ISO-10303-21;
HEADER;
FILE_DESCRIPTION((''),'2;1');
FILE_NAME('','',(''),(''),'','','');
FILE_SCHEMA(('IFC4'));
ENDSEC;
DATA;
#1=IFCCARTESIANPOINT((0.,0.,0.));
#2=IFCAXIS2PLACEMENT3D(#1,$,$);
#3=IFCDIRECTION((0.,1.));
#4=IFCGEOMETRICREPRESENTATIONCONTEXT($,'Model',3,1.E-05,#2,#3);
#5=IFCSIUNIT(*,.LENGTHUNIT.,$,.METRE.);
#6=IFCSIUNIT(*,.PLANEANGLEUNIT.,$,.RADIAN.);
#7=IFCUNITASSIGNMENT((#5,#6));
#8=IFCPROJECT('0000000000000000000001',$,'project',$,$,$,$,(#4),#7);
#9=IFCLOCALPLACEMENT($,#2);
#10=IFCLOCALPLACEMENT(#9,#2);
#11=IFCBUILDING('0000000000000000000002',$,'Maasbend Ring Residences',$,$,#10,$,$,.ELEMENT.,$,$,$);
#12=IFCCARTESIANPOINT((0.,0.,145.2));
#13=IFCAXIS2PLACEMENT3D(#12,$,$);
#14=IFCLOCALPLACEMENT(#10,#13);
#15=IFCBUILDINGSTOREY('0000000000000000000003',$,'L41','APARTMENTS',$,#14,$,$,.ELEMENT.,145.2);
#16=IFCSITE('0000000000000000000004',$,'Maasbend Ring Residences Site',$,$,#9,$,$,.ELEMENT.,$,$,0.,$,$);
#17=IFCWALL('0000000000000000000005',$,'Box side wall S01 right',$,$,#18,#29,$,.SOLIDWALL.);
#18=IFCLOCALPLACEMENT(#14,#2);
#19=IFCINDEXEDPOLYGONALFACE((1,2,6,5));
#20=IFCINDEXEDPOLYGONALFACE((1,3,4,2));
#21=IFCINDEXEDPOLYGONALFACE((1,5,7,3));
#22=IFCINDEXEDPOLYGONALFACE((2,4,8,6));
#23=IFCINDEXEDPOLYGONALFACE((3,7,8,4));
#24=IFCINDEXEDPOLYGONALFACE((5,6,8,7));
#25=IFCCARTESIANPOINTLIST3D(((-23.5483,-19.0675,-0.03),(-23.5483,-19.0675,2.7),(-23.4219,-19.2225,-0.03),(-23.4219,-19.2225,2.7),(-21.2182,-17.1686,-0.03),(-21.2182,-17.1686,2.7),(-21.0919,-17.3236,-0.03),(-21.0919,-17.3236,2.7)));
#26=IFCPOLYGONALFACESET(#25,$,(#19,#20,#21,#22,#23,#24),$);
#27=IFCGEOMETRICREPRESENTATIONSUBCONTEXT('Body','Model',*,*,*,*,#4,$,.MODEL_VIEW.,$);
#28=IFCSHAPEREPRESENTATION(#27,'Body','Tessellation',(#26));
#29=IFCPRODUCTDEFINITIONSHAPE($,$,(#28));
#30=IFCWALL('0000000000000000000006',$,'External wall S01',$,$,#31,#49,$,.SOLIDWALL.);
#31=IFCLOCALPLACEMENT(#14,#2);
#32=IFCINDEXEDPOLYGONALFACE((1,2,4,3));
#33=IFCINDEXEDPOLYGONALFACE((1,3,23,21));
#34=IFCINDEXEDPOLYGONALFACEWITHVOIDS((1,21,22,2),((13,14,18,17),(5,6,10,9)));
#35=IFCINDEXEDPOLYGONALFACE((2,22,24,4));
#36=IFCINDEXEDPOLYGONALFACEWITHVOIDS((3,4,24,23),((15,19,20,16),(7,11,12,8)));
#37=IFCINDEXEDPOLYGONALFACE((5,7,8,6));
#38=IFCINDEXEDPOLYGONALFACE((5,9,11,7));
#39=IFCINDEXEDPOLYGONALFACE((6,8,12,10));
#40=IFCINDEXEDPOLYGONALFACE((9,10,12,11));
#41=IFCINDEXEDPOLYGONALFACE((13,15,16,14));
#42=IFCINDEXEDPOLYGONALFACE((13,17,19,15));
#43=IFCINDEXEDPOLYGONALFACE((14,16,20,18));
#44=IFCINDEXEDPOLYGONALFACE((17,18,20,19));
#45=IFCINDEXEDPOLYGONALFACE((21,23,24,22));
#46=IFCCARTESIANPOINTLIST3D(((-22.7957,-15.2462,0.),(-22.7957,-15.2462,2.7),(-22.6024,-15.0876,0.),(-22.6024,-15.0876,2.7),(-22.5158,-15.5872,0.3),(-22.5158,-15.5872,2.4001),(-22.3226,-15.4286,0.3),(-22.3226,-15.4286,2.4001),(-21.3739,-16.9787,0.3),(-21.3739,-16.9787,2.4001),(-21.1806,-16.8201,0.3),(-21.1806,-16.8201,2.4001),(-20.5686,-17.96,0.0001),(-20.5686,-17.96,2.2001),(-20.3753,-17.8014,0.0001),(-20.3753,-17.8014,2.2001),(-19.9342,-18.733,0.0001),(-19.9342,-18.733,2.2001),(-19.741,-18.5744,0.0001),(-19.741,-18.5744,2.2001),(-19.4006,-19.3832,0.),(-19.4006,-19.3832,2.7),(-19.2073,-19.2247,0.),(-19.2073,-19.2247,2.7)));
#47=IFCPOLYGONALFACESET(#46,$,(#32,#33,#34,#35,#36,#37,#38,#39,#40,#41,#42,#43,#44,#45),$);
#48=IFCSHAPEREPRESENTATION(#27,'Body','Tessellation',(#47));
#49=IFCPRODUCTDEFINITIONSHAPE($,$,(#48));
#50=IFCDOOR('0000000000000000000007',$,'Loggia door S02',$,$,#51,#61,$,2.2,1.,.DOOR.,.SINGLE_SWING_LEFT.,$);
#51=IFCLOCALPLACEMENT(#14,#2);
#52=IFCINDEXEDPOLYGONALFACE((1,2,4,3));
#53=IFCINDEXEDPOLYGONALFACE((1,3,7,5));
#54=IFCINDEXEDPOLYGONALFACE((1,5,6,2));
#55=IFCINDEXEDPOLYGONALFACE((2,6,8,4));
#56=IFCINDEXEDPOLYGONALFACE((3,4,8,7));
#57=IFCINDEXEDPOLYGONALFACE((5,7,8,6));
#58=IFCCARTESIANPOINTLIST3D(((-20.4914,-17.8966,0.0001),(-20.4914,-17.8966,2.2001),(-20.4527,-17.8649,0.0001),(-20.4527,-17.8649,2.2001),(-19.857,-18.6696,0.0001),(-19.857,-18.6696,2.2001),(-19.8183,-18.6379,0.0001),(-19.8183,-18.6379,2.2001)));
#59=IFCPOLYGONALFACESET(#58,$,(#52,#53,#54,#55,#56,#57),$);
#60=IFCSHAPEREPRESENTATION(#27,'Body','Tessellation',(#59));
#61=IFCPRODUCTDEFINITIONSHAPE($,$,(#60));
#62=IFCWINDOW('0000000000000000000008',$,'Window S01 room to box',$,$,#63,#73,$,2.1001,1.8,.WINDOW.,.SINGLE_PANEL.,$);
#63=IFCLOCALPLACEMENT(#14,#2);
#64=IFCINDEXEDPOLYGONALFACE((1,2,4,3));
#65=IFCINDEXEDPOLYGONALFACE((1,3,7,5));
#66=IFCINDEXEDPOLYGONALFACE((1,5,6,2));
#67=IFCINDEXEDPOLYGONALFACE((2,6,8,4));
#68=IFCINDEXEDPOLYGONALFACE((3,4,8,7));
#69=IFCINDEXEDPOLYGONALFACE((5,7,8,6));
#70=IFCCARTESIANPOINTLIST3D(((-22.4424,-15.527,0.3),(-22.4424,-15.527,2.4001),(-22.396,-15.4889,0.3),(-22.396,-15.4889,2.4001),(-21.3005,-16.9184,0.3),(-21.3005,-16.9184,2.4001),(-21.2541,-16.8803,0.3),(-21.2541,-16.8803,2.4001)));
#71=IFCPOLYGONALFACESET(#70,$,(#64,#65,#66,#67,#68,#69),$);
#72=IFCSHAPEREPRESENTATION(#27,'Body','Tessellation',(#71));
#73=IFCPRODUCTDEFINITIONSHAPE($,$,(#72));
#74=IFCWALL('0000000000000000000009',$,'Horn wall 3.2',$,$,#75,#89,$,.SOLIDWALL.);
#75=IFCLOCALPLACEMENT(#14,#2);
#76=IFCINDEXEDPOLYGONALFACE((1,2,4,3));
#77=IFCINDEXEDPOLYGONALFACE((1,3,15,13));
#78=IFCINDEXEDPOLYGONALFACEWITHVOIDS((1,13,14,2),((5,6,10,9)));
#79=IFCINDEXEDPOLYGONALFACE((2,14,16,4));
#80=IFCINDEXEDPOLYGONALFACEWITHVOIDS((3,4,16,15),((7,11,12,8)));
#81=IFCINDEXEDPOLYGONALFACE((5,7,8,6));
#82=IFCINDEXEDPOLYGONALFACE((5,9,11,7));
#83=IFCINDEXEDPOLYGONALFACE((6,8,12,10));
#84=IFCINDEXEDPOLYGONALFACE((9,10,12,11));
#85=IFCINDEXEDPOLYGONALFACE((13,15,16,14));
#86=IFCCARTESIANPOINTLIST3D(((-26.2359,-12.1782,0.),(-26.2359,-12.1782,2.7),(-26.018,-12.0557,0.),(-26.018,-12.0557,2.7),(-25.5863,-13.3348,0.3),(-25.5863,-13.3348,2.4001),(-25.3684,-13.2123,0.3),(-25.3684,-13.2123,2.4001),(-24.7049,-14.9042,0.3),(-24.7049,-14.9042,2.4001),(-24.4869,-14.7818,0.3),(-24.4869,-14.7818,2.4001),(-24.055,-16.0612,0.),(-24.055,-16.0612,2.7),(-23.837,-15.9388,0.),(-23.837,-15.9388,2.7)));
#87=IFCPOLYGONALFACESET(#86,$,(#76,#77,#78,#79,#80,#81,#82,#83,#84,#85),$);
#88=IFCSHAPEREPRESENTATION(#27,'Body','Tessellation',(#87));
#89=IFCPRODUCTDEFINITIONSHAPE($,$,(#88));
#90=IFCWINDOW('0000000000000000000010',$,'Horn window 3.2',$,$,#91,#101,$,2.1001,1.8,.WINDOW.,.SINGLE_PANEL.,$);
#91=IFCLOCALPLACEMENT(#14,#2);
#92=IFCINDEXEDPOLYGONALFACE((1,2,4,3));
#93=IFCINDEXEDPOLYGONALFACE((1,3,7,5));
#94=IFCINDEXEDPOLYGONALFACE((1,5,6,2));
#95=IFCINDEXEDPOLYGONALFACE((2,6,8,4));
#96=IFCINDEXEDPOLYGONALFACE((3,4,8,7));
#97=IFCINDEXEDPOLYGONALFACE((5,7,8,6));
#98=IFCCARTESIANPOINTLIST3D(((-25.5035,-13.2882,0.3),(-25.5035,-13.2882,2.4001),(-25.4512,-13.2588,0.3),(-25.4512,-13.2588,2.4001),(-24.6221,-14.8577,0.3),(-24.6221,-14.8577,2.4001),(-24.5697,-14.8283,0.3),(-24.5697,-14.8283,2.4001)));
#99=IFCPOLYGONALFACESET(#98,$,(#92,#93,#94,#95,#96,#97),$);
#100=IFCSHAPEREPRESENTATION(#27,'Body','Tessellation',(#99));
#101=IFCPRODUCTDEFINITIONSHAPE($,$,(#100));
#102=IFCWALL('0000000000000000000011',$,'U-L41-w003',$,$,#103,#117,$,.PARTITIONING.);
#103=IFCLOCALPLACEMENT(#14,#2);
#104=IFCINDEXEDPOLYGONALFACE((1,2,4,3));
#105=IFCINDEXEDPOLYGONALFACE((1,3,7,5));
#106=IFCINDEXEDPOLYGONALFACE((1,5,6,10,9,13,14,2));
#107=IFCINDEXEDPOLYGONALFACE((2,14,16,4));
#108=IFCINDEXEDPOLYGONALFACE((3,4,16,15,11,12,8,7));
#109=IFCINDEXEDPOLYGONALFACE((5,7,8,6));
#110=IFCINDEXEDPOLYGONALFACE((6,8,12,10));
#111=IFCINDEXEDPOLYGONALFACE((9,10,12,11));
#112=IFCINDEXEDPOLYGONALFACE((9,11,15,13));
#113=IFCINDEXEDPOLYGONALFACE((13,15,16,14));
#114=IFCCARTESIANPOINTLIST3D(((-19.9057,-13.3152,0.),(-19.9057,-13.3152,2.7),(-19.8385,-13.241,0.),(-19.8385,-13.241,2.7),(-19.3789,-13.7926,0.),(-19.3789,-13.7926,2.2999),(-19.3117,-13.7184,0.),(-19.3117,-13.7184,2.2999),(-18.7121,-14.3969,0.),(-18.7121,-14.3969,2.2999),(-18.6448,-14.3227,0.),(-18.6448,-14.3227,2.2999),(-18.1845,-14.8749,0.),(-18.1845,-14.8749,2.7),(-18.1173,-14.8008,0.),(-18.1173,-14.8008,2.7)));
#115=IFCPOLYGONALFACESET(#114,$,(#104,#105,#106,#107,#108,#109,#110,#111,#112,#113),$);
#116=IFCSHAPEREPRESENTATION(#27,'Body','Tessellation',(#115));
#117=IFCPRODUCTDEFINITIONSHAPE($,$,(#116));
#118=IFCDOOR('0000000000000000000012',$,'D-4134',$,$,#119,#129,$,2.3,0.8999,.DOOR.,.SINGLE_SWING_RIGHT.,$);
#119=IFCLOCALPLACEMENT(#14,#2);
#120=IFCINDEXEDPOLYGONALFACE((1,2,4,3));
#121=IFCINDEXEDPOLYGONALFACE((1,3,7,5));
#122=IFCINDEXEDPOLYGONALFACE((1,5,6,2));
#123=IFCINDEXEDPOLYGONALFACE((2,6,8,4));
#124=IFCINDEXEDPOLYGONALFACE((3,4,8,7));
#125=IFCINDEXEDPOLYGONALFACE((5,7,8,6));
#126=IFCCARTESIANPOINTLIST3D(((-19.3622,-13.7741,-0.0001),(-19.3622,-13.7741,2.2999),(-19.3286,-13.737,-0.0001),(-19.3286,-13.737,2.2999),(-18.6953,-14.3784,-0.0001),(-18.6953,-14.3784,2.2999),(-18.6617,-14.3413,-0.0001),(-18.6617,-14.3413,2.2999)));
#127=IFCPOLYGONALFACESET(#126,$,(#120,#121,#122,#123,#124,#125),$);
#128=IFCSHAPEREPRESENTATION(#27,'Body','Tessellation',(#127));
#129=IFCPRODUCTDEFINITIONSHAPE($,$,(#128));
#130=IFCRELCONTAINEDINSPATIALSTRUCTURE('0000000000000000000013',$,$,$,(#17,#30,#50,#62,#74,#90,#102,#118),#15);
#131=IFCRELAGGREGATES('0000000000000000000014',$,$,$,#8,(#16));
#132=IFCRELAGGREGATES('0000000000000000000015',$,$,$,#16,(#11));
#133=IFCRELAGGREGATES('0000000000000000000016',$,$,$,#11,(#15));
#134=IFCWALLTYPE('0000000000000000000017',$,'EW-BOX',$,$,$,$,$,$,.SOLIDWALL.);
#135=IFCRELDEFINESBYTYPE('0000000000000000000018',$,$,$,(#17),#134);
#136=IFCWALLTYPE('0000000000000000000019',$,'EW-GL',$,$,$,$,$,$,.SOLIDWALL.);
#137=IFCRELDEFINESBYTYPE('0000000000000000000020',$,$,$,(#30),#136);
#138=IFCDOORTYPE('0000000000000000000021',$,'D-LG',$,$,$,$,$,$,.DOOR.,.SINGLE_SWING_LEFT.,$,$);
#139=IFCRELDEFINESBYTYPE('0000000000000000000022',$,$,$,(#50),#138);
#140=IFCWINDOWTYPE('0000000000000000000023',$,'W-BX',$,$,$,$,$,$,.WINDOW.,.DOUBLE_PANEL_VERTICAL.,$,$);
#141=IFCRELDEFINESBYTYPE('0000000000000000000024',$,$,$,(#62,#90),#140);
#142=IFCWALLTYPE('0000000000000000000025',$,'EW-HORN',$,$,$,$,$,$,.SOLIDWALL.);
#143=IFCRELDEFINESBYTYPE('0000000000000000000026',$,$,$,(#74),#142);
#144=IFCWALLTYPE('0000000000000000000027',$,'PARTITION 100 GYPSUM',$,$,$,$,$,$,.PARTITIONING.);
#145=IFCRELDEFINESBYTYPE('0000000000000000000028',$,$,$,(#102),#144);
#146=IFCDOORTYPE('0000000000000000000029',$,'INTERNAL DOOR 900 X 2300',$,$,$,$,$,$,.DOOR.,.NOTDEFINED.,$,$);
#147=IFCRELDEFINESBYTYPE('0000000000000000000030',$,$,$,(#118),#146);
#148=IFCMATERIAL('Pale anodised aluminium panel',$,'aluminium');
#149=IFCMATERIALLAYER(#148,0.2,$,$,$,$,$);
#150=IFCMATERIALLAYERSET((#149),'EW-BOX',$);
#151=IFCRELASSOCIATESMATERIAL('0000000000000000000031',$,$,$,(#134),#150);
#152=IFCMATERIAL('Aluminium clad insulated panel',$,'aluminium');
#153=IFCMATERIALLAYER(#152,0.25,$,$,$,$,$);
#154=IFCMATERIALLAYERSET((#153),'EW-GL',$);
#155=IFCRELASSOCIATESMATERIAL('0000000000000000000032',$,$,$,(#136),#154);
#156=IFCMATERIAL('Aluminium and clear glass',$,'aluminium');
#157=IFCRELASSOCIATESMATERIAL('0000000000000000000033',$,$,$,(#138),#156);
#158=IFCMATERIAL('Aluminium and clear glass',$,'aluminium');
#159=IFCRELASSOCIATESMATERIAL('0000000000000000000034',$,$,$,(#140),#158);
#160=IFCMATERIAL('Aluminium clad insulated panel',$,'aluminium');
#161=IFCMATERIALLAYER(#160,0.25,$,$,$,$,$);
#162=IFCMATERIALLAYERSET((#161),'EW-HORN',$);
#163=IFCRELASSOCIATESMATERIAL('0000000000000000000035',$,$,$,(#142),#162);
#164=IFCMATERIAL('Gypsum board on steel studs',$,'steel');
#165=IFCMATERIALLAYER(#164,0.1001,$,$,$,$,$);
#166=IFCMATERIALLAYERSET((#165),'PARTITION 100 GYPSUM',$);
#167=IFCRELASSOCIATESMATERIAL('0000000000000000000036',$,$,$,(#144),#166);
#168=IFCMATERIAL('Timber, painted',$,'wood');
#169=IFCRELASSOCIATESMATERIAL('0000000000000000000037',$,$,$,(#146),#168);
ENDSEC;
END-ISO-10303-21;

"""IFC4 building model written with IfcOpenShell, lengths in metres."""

from ifc_helpers import new_model, si_unit, direction, frame, frame_2d, origin, place, context, subcontext, project, spatial, rectangle, extrude, material, layer, layer_set, type_object, element, fill, save


model = new_model("IFC4")

# Units and contexts
model_context = context("Model", 3, precision=1e-05, world=origin(), true_north=direction((0.0, 1.0)))
body_context = subcontext(model_context, "Body", "Model", "MODEL_VIEW")
ifc_project = project(units=[si_unit("LENGTHUNIT", "METRE"), si_unit("PLANEANGLEUNIT", "RADIAN")], contexts=[model_context])

# Site, building, storey
site_placement = place(None, origin())
site = spatial("IfcSite", under=ifc_project, at=site_placement, Name="Maasbend Ring Residences Site", CompositionType="ELEMENT", RefElevation=0.0)
building_placement = place(site_placement, origin())
building = spatial("IfcBuilding", under=site, at=building_placement, Name="Maasbend Ring Residences", CompositionType="ELEMENT")
storey_placement = place(building_placement, frame((0.0, 0.0, 145.2)))
storey = spatial("IfcBuildingStorey", under=building, at=storey_placement, Name="L41", Description="APARTMENTS", CompositionType="ELEMENT", Elevation=145.2)

# Shared definitions
ifc_material_1 = material(Name="Pale anodised aluminium panel", Category="aluminium")
ifc_layer_1 = layer(ifc_material_1, 0.2)
ifc_layer_set_1 = layer_set([ifc_layer_1], Name="EW-BOX")
wall_type_1 = type_object("IfcWallType", Name="EW-BOX", PredefinedType="SOLIDWALL", material=ifc_layer_set_1)

# Wall
wall_1_placement = place(storey_placement, frame((-21.155, -17.2461, -0.03), z_axis=(0.0, 0.0, 1.0), x_axis=(-0.775179, -0.631742, 0.0)))
element("IfcWall", 1, at=wall_1_placement, inside=storey, type_object=wall_type_1, Name="Box side wall S01 right", PredefinedType="SOLIDWALL", context=body_context, shape_type="SweptSolid", body=[
    extrude(rectangle(XDim=3.0059, YDim=0.2, at=frame_2d((1.5029, 0.0))), origin(), (0.0, 0.0, 1.0), 2.73),
])

# Wall, openings, door, window
ifc_material_2 = material(Name="Aluminium clad insulated panel", Category="aluminium")
ifc_layer_2 = layer(ifc_material_2, 0.25)
ifc_layer_set_2 = layer_set([ifc_layer_2], Name="EW-GL")
wall_type_2 = type_object("IfcWallType", Name="EW-GL", PredefinedType="SOLIDWALL", material=ifc_layer_set_2)
wall_2_placement = place(storey_placement, frame((-22.699, -15.167, 0.0), z_axis=(0.0, 0.0, 1.0), x_axis=(0.634382, -0.773019, 0.0)))
wall_2 = element("IfcWall", 2, at=wall_2_placement, inside=storey, type_object=wall_type_2, Name="External wall S01", PredefinedType="SOLIDWALL", context=body_context, shape_type="SweptSolid", body=[
    extrude(rectangle(XDim=5.3518, YDim=0.25, at=frame_2d((2.6758, 0.0))), origin(), (0.0, 0.0, 1.0), 2.7),
])
opening_1_placement = place(wall_2_placement, frame((0.4412, 0.0, 0.3)))
opening_1 = element("IfcOpeningElement", 3, at=opening_1_placement, cuts=wall_2, PredefinedType="OPENING", context=body_context, shape_type="SweptSolid", body=[
    extrude(rectangle(XDim=1.8, YDim=2.1001, at=frame_2d((0.8999, 1.05))), frame((0.0, 0.135, 0.0), z_axis=(0.0, -1.0, 0.0), x_axis=(1.0, 0.0, 0.0)), (0.0, 0.0, 1.0), 0.27),
])
opening_2_placement = place(wall_2_placement, frame((3.5105, 0.0, 0.0)))
opening_2 = element("IfcOpeningElement", 4, at=opening_2_placement, cuts=wall_2, PredefinedType="OPENING", context=body_context, shape_type="SweptSolid", body=[
    extrude(rectangle(XDim=1.0, YDim=2.2, at=frame_2d((0.5, 1.1001))), frame((0.0, 0.135, 0.0), z_axis=(0.0, -1.0, 0.0), x_axis=(1.0, 0.0, 0.0)), (0.0, 0.0, 1.0), 0.27),
])
ifc_material_3 = material(Name="Aluminium and clear glass", Category="aluminium")
door_type_1 = type_object("IfcDoorType", Name="D-LG", OperationType="SINGLE_SWING_LEFT", PredefinedType="DOOR", material=ifc_material_3)
door_1_placement = place(opening_2_placement, origin())
door_1 = element("IfcDoor", 5, at=door_1_placement, inside=storey, type_object=door_type_1, Name="Loggia door S02", OperationType="SINGLE_SWING_LEFT", OverallHeight=2.2, OverallWidth=1.0, PredefinedType="DOOR", context=body_context, shape_type="SweptSolid", body=[
    extrude(rectangle(XDim=1.0, YDim=2.2, at=frame_2d((0.5, 1.1001))), frame((0.0, 0.0249, 0.0), z_axis=(0.0, -1.0, 0.0), x_axis=(1.0, 0.0, 0.0)), (0.0, 0.0, 1.0), 0.05),
])
fill(opening_2, door_1)
ifc_material_4 = material(Name="Aluminium and clear glass", Category="aluminium")
window_type_1 = type_object("IfcWindowType", Name="W-BX", PartitioningType="DOUBLE_PANEL_VERTICAL", PredefinedType="WINDOW", material=ifc_material_4)
window_1_placement = place(opening_1_placement, origin())
window_1 = element("IfcWindow", 6, at=window_1_placement, inside=storey, type_object=window_type_1, Name="Window S01 room to box", OverallHeight=2.1001, OverallWidth=1.8, PartitioningType="SINGLE_PANEL", PredefinedType="WINDOW", context=body_context, shape_type="SweptSolid", body=[
    extrude(rectangle(XDim=1.8, YDim=2.1001, at=frame_2d((0.8999, 1.05))), frame((0.0, 0.03, 0.0), z_axis=(0.0, -1.0, 0.0), x_axis=(1.0, 0.0, 0.0)), (0.0, 0.0, 1.0), 0.0601),
])
fill(opening_1, window_1)

# Wall, opening, window
ifc_material_5 = material(Name="Aluminium clad insulated panel", Category="aluminium")
ifc_layer_3 = layer(ifc_material_5, 0.25)
ifc_layer_set_3 = layer_set([ifc_layer_3], Name="EW-HORN")
wall_type_3 = type_object("IfcWallType", Name="EW-HORN", PredefinedType="SOLIDWALL", material=ifc_layer_set_3)
wall_3_placement = place(storey_placement, frame((-26.127, -12.1169, 0.0), z_axis=(0.0, 0.0, 1.0), x_axis=(0.489696, -0.871893, 0.0)))
wall_3 = element("IfcWall", 7, at=wall_3_placement, inside=storey, type_object=wall_type_3, Name="Horn wall 3.2", PredefinedType="SOLIDWALL", context=body_context, shape_type="SweptSolid", body=[
    extrude(rectangle(XDim=4.4536, YDim=0.25, at=frame_2d((2.2268, 0.0))), origin(), (0.0, 0.0, 1.0), 2.7),
])
opening_3_placement = place(wall_3_placement, frame((1.3267, 0.0, 0.3)))
opening_3 = element("IfcOpeningElement", 8, at=opening_3_placement, cuts=wall_3, PredefinedType="OPENING", context=body_context, shape_type="SweptSolid", body=[
    extrude(rectangle(XDim=1.8, YDim=2.1001, at=frame_2d((0.8999, 1.05))), frame((0.0, 0.135, 0.0), z_axis=(0.0, -1.0, 0.0), x_axis=(1.0, 0.0, 0.0)), (0.0, 0.0, 1.0), 0.27),
])
window_2_placement = place(opening_3_placement, origin())
window_2 = element("IfcWindow", 9, at=window_2_placement, inside=storey, type_object=window_type_1, Name="Horn window 3.2", OverallHeight=2.1001, OverallWidth=1.8, PartitioningType="SINGLE_PANEL", PredefinedType="WINDOW", context=body_context, shape_type="SweptSolid", body=[
    extrude(rectangle(XDim=1.8, YDim=2.1001, at=frame_2d((0.8999, 1.05))), frame((0.0, 0.03, 0.0), z_axis=(0.0, -1.0, 0.0), x_axis=(1.0, 0.0, 0.0)), (0.0, 0.0, 1.0), 0.0601),
])
fill(opening_3, window_2)

# Wall, opening, door
ifc_material_6 = material(Name="Gypsum board on steel studs", Category="steel")
ifc_layer_4 = layer(ifc_material_6, 0.1001)
ifc_layer_set_4 = layer_set([ifc_layer_4], Name="PARTITION 100 GYPSUM")
wall_type_4 = type_object("IfcWallType", Name="PARTITION 100 GYPSUM", PredefinedType="PARTITIONING", material=ifc_layer_set_4)
wall_4_placement = place(storey_placement, frame((-19.8721, -13.2781, 0.0), z_axis=(0.0, 0.0, 1.0), x_axis=(0.74099, -0.671516, 0.0)))
wall_4 = element("IfcWall", 10, at=wall_4_placement, inside=storey, type_object=wall_type_4, Name="U-L41-w003", PredefinedType="PARTITIONING", context=body_context, shape_type="SweptSolid", body=[
    extrude(rectangle(XDim=2.3228, YDim=0.1001, at=frame_2d((1.1614, 0.0))), origin(), (0.0, 0.0, 1.0), 2.7),
])
opening_4_placement = place(wall_4_placement, frame((0.7109, 0.0, 0.0)))
opening_4 = element("IfcOpeningElement", 11, at=opening_4_placement, cuts=wall_4, PredefinedType="OPENING", context=body_context, shape_type="SweptSolid", body=[
    extrude(rectangle(XDim=0.8999, YDim=2.3, at=frame_2d((0.45, 1.1499))), frame((0.0, 0.0601, 0.0), z_axis=(0.0, -1.0, 0.0), x_axis=(1.0, 0.0, 0.0)), (0.0, 0.0, 1.0), 0.1201),
])
ifc_material_7 = material(Name="Timber, painted", Category="wood")
door_type_2 = type_object("IfcDoorType", Name="INTERNAL DOOR 900 X 2300", OperationType="NOTDEFINED", PredefinedType="DOOR", material=ifc_material_7)
door_2_placement = place(opening_4_placement, origin())
door_2 = element("IfcDoor", 12, at=door_2_placement, inside=storey, type_object=door_type_2, Name="D-4134", OperationType="SINGLE_SWING_RIGHT", OverallHeight=2.3, OverallWidth=0.8999, PredefinedType="DOOR", context=body_context, shape_type="SweptSolid", body=[
    extrude(rectangle(XDim=0.8999, YDim=2.3, at=frame_2d((0.45, 1.1499))), frame((0.0, 0.0249, 0.0), z_axis=(0.0, -1.0, 0.0), x_axis=(1.0, 0.0, 0.0)), (0.0, 0.0, 1.0), 0.05),
])
fill(opening_4, door_2)

save(model, "model.ifc")
